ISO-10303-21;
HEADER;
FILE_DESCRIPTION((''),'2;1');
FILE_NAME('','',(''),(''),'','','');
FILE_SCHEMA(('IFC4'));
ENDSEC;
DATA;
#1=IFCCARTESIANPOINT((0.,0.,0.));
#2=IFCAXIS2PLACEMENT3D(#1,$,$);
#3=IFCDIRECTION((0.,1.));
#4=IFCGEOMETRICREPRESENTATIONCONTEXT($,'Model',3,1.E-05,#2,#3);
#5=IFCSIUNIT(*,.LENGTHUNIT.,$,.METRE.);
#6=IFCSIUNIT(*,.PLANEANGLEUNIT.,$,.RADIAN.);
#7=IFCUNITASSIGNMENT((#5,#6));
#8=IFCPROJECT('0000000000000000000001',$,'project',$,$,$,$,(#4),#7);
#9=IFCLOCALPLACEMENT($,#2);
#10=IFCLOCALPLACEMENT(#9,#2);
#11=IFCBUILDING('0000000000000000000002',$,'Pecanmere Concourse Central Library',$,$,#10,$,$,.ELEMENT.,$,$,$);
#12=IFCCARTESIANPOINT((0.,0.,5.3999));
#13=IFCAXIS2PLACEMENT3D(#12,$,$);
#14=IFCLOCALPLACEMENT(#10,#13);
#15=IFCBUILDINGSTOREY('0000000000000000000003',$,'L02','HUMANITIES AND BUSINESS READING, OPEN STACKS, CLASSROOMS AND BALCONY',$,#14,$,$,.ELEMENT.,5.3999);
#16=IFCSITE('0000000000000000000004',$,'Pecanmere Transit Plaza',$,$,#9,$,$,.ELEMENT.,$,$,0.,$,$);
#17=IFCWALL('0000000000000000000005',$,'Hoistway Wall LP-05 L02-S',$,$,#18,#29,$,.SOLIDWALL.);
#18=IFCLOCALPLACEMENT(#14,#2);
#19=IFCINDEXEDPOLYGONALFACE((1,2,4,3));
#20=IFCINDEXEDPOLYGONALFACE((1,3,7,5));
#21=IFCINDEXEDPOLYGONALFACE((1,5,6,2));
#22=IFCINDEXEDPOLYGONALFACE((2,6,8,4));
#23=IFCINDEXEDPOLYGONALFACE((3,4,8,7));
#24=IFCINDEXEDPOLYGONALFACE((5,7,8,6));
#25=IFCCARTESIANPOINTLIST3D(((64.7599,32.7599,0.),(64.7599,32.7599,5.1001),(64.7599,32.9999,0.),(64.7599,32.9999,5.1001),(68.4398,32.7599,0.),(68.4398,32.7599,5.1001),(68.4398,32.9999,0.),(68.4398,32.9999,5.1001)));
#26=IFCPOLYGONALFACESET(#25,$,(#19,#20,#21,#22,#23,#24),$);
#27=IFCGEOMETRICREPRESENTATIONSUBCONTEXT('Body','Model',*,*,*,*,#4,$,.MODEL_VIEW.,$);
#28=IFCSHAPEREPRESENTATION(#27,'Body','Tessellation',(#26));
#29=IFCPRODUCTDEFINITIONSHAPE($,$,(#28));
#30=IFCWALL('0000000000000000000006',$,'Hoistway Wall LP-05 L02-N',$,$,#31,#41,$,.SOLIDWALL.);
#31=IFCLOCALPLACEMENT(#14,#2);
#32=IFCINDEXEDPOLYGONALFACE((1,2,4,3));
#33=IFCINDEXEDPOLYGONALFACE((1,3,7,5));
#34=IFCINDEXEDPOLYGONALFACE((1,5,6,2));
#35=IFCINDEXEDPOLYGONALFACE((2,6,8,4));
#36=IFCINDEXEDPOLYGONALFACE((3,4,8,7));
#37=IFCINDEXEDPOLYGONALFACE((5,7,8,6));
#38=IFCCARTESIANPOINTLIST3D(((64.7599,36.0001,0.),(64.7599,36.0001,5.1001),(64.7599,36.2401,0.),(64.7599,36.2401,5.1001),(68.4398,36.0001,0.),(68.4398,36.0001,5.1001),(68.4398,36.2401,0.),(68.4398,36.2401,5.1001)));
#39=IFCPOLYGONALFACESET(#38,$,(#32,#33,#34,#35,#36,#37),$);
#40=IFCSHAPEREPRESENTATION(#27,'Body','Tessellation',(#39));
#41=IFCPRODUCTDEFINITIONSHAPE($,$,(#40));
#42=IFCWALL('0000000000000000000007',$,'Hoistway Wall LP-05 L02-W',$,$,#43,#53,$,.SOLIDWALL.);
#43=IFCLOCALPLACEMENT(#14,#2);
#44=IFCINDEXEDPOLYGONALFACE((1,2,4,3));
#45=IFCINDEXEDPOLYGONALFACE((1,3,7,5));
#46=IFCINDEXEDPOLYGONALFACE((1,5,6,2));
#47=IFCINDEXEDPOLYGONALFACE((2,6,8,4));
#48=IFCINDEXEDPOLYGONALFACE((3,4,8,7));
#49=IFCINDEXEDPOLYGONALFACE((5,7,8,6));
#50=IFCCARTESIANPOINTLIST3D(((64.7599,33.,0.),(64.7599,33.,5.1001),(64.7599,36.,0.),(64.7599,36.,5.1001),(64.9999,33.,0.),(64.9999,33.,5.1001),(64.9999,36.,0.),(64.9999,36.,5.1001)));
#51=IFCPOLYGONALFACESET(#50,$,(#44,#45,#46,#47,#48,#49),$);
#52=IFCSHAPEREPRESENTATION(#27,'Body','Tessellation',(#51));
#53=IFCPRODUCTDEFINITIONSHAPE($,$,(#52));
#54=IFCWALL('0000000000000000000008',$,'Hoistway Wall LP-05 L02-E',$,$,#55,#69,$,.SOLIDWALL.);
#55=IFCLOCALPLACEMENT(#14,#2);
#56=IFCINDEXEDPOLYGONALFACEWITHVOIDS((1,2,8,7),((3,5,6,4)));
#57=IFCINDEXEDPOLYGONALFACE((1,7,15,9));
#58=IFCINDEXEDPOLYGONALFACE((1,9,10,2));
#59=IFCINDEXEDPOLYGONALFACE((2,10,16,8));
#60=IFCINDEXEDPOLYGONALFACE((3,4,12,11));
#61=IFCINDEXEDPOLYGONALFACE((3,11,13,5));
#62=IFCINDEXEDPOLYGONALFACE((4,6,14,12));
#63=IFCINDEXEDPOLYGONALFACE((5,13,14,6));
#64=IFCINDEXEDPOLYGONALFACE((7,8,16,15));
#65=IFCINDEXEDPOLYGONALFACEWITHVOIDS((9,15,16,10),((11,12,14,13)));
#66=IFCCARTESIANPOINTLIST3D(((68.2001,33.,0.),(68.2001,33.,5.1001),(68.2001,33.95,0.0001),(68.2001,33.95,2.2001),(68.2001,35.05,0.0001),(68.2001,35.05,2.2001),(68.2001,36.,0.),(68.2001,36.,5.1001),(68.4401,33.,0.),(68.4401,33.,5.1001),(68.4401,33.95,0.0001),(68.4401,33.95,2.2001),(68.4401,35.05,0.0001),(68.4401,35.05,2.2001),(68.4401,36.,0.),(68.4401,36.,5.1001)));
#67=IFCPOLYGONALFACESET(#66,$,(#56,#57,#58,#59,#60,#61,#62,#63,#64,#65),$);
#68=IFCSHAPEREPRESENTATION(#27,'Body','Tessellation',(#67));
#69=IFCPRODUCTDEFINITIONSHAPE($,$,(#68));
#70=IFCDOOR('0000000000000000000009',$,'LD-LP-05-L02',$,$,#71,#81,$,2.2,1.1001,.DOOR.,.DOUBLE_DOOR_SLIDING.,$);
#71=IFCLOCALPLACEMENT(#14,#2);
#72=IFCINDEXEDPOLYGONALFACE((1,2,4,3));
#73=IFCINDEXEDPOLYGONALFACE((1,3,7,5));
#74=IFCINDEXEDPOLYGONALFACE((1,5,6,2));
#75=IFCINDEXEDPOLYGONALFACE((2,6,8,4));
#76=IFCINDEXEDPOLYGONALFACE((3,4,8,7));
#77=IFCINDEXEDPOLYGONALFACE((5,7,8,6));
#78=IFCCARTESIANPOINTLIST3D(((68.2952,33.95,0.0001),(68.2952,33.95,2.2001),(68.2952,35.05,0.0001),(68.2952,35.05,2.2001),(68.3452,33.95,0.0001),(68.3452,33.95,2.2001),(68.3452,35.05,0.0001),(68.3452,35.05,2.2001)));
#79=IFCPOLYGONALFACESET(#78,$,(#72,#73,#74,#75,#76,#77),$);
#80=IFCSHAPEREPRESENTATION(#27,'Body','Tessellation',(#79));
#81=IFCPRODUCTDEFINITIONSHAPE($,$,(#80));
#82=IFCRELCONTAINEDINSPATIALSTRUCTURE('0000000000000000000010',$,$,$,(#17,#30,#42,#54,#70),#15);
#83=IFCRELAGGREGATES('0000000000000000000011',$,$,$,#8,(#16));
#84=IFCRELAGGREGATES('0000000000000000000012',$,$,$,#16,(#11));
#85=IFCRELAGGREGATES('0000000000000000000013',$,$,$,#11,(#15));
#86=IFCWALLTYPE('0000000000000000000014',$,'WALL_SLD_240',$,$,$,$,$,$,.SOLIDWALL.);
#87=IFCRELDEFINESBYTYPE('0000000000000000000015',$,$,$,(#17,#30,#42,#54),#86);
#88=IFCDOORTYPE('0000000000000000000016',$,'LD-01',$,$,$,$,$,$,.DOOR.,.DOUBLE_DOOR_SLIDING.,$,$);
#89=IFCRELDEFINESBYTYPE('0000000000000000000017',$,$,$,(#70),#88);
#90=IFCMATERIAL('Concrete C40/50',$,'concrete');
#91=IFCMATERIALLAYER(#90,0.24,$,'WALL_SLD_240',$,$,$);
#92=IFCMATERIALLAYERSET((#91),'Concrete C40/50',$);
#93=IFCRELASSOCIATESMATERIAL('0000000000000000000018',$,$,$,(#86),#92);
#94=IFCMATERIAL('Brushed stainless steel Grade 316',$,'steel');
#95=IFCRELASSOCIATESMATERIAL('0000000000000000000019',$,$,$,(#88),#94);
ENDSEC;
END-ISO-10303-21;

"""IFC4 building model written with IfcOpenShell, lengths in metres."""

from ifc_helpers import new_model, si_unit, direction, frame, frame_2d, origin, place, context, subcontext, project, spatial, rectangle, extrude, material, layer, layer_set, type_object, element, fill, save


model = new_model("IFC4")

# Units and contexts
model_context = context("Model", 3, precision=1e-05, world=origin(), true_north=direction((0.0, 1.0)))
body_context = subcontext(model_context, "Body", "Model", "MODEL_VIEW")
ifc_project = project(units=[si_unit("LENGTHUNIT", "METRE"), si_unit("PLANEANGLEUNIT", "RADIAN")], contexts=[model_context])

# Site, building, storey
site_placement = place(None, origin())
site = spatial("IfcSite", under=ifc_project, at=site_placement, Name="Pecanmere Transit Plaza", CompositionType="ELEMENT", RefElevation=0.0)
building_placement = place(site_placement, origin())
building = spatial("IfcBuilding", under=site, at=building_placement, Name="Pecanmere Concourse Central Library", CompositionType="ELEMENT")
storey_placement = place(building_placement, frame((0.0, 0.0, 5.3999)))
storey = spatial("IfcBuildingStorey", under=building, at=storey_placement, Name="L02", Description="HUMANITIES AND BUSINESS READING, OPEN STACKS, CLASSROOMS AND BALCONY", CompositionType="ELEMENT", Elevation=5.3999)

# Walls
ifc_material_1 = material(Name="Concrete C40/50", Category="concrete")
ifc_layer_1 = layer(ifc_material_1, 0.24, Name="WALL_SLD_240")
ifc_layer_set_1 = layer_set([ifc_layer_1], Name="Concrete C40/50")
wall_type_1 = type_object("IfcWallType", Name="WALL_SLD_240", PredefinedType="SOLIDWALL", material=ifc_layer_set_1)
for number, where, z_axis, x_axis, name in (
    (1, (64.76, 32.8799, 0.0), (0.0, 0.0, 1.0), (1.0, 0.0, 0.0), "Hoistway Wall LP-05 L02-S"),
    (2, (64.76, 36.1201, 0.0), (0.0, 0.0, 1.0), (1.0, 0.0, 0.0), "Hoistway Wall LP-05 L02-N"),
):
    element("IfcWall", number, at=place(storey_placement, frame(where, z_axis=z_axis, x_axis=x_axis)), inside=storey, type_object=wall_type_1, Name=name, PredefinedType="SOLIDWALL", context=body_context, shape_type="SweptSolid", body=[
        extrude(rectangle(XDim=3.6799, YDim=0.24, at=frame_2d((1.8398, 0.0))), origin(), (0.0, 0.0, 1.0), 5.1001),
    ])
wall_1_placement = place(storey_placement, frame((64.8799, 33.0, 0.0), z_axis=(0.0, 0.0, 1.0), x_axis=(0.0, 1.0, 0.0)))
element("IfcWall", 3, at=wall_1_placement, inside=storey, type_object=wall_type_1, Name="Hoistway Wall LP-05 L02-W", PredefinedType="SOLIDWALL", context=body_context, shape_type="SweptSolid", body=[
    extrude(rectangle(XDim=3.0, YDim=0.24, at=frame_2d((1.5, 0.0))), origin(), (0.0, 0.0, 1.0), 5.1001),
])

# Wall, opening, door
wall_2_placement = place(storey_placement, frame((68.3201, 33.0, 0.0), z_axis=(0.0, 0.0, 1.0), x_axis=(0.0, 1.0, 0.0)))
wall_2 = element("IfcWall", 4, at=wall_2_placement, inside=storey, type_object=wall_type_1, Name="Hoistway Wall LP-05 L02-E", PredefinedType="SOLIDWALL", context=body_context, shape_type="SweptSolid", body=[
    extrude(rectangle(XDim=3.0, YDim=0.24, at=frame_2d((1.5, 0.0))), origin(), (0.0, 0.0, 1.0), 5.1001),
])
opening_1_placement = place(wall_2_placement, frame((0.95, 0.0, 0.0)))
opening_1 = element("IfcOpeningElement", 5, at=opening_1_placement, cuts=wall_2, PredefinedType="OPENING", context=body_context, shape_type="SweptSolid", body=[
    extrude(rectangle(XDim=1.1001, YDim=2.2, at=frame_2d((0.55, 1.1001))), frame((0.0, 0.1318, 0.0), z_axis=(0.0, -1.0, 0.0), x_axis=(1.0, 0.0, 0.0)), (0.0, 0.0, 1.0), 0.2639),
])
ifc_material_2 = material(Name="Brushed stainless steel Grade 316", Category="steel")
door_type_1 = type_object("IfcDoorType", Name="LD-01", OperationType="DOUBLE_DOOR_SLIDING", PredefinedType="DOOR", material=ifc_material_2)
door_1_placement = place(opening_1_placement, origin())
door_1 = element("IfcDoor", 6, at=door_1_placement, inside=storey, type_object=door_type_1, Name="LD-LP-05-L02", OperationType="DOUBLE_DOOR_SLIDING", OverallHeight=2.2, OverallWidth=1.1001, PredefinedType="DOOR", context=body_context, shape_type="SweptSolid", body=[
    extrude(rectangle(XDim=1.1001, YDim=2.2, at=frame_2d((0.55, 1.1001))), frame((0.0, 0.0249, 0.0), z_axis=(0.0, -1.0, 0.0), x_axis=(1.0, 0.0, 0.0)), (0.0, 0.0, 1.0), 0.05),
])
fill(opening_1, door_1)

save(model, "model.ifc")
